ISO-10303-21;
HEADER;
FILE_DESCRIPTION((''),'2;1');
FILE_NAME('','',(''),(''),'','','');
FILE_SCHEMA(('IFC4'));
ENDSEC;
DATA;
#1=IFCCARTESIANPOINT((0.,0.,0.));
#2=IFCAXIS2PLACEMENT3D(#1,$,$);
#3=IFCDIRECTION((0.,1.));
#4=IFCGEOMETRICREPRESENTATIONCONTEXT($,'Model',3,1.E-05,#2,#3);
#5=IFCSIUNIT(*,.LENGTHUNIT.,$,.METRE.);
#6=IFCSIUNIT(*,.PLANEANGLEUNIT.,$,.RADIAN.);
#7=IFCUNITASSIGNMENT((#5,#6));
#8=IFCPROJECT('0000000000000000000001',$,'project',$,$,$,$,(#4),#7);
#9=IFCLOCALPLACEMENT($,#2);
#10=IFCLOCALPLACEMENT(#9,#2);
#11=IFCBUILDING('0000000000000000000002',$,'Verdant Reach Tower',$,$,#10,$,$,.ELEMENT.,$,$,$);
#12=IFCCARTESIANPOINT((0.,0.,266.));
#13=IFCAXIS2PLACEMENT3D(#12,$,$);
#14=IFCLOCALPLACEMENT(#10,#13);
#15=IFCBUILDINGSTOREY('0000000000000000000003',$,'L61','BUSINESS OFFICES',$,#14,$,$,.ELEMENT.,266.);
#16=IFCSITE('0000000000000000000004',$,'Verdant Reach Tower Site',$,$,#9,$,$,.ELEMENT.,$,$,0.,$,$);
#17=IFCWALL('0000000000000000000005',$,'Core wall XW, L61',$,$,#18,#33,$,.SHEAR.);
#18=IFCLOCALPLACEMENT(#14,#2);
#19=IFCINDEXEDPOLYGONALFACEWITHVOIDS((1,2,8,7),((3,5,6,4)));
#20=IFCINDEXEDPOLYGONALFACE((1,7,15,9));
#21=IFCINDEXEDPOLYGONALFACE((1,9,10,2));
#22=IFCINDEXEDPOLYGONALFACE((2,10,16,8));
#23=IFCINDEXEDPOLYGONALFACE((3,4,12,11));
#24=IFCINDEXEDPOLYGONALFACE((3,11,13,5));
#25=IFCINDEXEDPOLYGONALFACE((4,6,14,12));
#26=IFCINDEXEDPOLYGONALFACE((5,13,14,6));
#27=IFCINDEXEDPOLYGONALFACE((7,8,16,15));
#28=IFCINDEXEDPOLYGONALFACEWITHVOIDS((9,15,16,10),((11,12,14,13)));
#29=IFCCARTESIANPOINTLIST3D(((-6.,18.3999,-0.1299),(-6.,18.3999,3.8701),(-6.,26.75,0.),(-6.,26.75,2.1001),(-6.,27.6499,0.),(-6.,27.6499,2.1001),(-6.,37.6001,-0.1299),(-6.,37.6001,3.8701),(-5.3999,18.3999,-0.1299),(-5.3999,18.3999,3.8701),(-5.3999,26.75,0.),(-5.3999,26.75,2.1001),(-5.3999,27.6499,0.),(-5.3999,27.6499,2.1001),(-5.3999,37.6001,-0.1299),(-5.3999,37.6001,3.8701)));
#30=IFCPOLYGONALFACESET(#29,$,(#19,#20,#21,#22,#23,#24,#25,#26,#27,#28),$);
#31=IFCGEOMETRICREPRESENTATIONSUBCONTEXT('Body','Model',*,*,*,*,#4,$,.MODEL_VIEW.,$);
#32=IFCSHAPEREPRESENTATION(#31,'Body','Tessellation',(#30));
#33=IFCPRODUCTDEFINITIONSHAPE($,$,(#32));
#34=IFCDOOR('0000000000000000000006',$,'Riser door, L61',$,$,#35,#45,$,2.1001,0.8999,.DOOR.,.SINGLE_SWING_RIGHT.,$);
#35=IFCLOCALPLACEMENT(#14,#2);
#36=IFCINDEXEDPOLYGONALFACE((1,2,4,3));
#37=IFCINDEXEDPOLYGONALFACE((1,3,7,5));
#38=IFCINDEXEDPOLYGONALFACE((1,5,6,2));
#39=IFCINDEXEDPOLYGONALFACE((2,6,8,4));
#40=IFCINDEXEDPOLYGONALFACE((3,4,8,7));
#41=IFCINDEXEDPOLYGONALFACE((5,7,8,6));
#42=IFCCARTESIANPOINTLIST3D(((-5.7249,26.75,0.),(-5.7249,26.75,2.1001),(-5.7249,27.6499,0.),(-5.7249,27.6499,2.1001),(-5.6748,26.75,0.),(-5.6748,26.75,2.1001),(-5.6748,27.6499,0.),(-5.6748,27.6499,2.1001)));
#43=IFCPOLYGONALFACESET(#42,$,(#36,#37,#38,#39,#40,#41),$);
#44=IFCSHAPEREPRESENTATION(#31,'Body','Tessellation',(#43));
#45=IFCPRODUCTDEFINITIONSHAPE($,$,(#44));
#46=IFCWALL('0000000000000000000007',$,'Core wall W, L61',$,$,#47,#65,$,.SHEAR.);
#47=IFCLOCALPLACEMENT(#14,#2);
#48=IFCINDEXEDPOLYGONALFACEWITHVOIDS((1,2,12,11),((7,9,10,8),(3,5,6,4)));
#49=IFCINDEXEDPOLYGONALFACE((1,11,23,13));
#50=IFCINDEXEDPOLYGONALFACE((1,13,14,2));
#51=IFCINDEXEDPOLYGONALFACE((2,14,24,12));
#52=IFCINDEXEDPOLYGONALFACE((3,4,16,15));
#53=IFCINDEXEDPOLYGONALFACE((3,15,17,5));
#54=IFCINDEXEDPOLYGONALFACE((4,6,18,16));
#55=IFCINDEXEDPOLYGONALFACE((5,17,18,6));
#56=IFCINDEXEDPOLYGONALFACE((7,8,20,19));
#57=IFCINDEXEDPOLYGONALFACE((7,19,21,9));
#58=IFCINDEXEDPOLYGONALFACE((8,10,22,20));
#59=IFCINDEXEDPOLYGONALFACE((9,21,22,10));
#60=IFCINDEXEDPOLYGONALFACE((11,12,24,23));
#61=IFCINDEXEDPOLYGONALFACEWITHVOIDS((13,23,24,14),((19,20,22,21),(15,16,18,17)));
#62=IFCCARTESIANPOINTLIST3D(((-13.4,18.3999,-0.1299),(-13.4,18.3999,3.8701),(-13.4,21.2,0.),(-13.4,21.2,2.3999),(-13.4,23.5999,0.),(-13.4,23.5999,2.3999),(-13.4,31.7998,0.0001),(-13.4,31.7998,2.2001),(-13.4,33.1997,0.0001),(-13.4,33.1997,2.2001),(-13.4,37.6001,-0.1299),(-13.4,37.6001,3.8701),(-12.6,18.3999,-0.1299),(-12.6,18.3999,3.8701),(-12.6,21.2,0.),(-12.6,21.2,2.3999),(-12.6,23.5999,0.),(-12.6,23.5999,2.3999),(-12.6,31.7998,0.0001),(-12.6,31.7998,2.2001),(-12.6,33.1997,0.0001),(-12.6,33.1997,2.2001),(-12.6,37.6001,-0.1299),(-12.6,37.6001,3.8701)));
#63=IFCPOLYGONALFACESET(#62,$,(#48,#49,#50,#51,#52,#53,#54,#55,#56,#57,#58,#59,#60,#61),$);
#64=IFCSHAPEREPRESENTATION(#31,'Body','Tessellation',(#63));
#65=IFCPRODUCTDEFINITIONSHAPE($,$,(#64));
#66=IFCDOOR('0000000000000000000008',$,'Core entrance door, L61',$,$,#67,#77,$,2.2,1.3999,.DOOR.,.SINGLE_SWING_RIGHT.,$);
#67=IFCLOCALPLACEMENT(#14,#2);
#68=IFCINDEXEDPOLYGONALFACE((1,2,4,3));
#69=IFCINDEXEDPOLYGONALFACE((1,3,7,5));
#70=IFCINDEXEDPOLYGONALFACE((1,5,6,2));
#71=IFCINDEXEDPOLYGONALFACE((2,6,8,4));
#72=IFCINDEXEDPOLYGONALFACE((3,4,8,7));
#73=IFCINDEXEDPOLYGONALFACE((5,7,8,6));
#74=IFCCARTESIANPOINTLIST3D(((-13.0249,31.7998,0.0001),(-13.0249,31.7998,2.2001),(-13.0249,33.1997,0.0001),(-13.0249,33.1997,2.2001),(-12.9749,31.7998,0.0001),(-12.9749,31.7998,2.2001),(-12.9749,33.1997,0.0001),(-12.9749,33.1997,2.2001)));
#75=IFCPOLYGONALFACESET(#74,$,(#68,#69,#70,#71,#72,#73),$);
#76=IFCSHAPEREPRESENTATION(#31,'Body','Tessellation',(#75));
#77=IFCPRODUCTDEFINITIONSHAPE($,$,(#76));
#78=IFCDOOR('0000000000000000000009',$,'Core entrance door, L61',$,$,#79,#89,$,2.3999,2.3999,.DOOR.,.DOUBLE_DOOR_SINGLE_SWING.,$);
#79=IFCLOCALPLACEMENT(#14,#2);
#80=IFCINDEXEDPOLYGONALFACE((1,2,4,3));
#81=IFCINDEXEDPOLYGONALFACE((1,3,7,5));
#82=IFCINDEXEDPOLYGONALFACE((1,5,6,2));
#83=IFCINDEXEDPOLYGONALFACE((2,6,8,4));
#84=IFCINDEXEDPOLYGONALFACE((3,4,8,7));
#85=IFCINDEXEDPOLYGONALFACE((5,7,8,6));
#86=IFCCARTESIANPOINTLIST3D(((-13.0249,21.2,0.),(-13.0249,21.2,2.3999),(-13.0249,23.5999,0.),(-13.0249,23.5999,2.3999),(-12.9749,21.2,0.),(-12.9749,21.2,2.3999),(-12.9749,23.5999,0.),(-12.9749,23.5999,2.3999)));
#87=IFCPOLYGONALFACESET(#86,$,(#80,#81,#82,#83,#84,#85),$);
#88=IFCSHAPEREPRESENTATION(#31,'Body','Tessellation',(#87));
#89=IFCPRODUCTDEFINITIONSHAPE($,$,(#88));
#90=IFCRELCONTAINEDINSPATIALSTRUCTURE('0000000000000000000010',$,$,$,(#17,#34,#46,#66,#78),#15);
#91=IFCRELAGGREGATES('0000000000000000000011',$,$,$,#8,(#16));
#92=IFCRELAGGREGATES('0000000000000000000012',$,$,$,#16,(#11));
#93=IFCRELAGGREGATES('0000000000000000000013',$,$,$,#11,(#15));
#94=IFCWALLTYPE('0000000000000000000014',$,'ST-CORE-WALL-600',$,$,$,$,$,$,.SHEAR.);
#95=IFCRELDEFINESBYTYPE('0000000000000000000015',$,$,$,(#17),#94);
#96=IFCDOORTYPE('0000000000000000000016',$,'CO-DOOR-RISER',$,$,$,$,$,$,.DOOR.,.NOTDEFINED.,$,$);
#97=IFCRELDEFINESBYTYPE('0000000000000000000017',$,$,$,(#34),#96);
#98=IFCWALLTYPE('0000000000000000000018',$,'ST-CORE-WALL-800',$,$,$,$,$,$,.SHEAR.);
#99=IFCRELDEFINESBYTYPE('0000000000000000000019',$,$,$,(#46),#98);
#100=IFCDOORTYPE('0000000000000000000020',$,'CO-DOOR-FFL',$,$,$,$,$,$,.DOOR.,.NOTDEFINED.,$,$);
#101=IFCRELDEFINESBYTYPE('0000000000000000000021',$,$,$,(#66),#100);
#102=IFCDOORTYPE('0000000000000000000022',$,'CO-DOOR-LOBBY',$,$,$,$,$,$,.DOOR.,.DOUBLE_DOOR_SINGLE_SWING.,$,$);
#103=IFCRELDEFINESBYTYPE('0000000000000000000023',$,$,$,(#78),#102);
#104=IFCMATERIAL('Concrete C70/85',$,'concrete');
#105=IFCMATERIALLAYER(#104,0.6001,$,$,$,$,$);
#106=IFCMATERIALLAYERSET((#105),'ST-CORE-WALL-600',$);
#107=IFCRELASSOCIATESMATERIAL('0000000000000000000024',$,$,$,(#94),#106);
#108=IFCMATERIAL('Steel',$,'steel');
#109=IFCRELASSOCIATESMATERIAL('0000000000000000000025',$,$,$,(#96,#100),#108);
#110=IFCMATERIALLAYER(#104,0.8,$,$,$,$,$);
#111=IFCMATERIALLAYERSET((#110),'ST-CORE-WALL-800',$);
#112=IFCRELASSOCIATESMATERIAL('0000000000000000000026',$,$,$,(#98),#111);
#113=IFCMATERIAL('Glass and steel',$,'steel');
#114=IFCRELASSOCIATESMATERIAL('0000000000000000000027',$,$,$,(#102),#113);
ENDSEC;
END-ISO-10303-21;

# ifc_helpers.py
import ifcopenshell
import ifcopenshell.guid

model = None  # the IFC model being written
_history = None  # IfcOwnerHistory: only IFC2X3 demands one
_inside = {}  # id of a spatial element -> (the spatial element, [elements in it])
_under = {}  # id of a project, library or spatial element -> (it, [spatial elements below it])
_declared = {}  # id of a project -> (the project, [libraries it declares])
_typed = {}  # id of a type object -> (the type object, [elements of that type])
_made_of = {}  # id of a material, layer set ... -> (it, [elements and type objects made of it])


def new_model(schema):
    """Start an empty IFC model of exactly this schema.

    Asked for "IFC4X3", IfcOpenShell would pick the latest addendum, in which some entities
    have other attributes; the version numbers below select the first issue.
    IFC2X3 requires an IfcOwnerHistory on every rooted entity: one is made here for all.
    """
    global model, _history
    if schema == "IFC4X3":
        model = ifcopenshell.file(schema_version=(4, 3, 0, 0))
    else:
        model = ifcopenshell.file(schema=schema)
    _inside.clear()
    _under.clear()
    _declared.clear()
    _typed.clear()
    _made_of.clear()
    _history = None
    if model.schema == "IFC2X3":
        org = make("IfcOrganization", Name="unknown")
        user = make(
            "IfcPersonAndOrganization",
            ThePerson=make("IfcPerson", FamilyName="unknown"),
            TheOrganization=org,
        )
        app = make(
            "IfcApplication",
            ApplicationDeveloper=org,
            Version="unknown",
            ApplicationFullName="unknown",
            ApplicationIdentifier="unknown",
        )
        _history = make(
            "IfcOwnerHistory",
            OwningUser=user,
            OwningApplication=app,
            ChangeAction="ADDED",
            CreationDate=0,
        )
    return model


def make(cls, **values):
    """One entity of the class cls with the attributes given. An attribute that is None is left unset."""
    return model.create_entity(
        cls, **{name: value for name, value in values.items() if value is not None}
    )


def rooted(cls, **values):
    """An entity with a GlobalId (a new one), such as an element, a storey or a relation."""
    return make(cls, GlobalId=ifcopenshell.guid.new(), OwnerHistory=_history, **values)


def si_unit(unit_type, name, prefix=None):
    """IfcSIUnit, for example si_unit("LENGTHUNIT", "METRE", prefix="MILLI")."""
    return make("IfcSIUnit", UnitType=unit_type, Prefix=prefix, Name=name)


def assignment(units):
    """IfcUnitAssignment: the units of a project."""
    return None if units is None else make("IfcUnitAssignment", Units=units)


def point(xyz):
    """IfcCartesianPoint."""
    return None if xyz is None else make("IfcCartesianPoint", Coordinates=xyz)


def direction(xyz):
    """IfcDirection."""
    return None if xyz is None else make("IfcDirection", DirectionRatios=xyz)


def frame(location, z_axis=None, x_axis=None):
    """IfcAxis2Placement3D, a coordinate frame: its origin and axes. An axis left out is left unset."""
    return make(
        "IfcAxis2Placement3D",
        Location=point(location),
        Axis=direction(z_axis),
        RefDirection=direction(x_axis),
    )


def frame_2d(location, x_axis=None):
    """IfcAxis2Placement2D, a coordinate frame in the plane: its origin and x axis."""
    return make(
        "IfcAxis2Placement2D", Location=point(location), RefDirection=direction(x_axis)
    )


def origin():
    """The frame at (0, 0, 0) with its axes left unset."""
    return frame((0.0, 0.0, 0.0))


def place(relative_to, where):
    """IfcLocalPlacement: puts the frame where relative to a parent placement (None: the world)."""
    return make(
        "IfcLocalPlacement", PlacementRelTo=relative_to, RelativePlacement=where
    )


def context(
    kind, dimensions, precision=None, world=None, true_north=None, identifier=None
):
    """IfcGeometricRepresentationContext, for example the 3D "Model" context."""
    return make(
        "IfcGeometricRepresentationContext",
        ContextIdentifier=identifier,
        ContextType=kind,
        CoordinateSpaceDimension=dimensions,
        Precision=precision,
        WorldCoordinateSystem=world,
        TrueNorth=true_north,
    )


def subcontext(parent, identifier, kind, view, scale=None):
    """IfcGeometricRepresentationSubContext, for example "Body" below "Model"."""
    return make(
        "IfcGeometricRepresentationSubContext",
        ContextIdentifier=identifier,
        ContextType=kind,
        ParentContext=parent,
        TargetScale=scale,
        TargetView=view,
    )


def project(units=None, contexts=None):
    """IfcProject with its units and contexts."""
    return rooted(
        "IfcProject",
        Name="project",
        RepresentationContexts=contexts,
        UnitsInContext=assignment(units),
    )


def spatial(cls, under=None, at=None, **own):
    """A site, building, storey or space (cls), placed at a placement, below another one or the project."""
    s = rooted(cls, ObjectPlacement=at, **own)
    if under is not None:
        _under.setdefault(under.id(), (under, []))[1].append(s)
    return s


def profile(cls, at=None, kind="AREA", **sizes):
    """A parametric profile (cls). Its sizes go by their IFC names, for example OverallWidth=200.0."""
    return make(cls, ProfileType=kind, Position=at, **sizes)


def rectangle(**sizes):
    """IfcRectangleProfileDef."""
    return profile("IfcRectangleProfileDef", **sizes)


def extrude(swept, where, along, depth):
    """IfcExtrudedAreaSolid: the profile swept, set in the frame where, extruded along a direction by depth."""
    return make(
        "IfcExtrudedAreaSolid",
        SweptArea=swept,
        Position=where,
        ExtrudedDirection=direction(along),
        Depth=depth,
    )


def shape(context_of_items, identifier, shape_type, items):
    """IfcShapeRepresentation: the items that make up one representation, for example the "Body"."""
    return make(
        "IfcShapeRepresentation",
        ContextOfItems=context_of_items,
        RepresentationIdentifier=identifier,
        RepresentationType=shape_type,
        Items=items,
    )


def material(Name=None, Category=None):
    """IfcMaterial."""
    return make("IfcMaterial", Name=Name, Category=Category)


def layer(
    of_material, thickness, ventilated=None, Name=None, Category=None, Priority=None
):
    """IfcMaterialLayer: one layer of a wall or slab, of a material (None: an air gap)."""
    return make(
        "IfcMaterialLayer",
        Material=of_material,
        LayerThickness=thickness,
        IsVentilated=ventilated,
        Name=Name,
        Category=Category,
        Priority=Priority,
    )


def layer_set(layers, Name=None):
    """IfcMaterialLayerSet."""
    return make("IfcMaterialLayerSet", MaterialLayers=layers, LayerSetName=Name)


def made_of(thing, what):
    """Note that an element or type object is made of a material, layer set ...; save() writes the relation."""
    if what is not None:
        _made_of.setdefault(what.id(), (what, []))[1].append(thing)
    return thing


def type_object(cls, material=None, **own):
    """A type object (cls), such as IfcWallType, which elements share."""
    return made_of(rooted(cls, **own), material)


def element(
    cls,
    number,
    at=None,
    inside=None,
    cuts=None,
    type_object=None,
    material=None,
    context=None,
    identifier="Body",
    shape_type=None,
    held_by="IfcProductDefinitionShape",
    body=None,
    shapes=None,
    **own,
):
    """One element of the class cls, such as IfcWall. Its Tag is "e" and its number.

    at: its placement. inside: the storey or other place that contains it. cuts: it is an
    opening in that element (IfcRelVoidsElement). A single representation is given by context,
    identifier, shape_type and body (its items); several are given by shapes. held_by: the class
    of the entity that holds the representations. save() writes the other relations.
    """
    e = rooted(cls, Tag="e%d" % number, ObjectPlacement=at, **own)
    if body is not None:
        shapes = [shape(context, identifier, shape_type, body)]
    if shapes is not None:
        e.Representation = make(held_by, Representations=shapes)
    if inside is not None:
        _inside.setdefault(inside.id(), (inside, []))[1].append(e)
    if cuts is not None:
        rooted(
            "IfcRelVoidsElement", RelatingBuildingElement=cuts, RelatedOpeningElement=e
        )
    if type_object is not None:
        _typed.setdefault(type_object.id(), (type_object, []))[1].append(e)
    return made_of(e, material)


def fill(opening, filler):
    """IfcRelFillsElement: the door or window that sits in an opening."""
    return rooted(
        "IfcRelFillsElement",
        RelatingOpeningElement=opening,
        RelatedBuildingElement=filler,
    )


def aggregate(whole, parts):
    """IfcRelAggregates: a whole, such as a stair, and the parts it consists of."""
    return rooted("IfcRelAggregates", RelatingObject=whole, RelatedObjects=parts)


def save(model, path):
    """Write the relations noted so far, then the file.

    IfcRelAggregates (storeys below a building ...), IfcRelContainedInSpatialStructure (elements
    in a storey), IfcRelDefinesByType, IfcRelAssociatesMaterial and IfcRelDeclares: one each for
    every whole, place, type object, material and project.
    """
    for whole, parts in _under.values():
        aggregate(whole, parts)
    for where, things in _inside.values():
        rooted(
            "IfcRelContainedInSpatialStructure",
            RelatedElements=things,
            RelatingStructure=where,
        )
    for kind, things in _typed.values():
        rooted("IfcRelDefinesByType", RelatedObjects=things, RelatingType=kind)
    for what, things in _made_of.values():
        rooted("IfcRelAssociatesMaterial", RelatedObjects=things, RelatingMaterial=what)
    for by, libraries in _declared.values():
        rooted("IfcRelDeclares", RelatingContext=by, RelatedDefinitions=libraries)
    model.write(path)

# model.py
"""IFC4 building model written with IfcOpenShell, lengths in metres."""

from ifc_helpers import new_model, si_unit, direction, frame, frame_2d, origin, place, context, subcontext, project, spatial, rectangle, extrude, material, layer, layer_set, type_object, element, fill, save


model = new_model("IFC4")

# Units and contexts
model_context = context("Model", 3, precision=1e-05, world=origin(), true_north=direction((0.0, 1.0)))
body_context = subcontext(model_context, "Body", "Model", "MODEL_VIEW")
ifc_project = project(units=[si_unit("LENGTHUNIT", "METRE"), si_unit("PLANEANGLEUNIT", "RADIAN")], contexts=[model_context])

# Site, building, storey
site_placement = place(None, origin())
site = spatial("IfcSite", under=ifc_project, at=site_placement, Name="Verdant Reach Tower Site", CompositionType="ELEMENT", RefElevation=0.0)
building_placement = place(site_placement, origin())
building = spatial("IfcBuilding", under=site, at=building_placement, Name="Verdant Reach Tower", CompositionType="ELEMENT")
storey_placement = place(building_placement, frame((0.0, 0.0, 266.0)))
storey = spatial("IfcBuildingStorey", under=building, at=storey_placement, Name="L61", Description="BUSINESS OFFICES", CompositionType="ELEMENT", Elevation=266.0)

# Wall, opening, door
ifc_material_1 = material(Name="Concrete C70/85", Category="concrete")
ifc_layer_1 = layer(ifc_material_1, 0.6001)
ifc_layer_set_1 = layer_set([ifc_layer_1], Name="ST-CORE-WALL-600")
wall_type_1 = type_object("IfcWallType", Name="ST-CORE-WALL-600", PredefinedType="SHEAR", material=ifc_layer_set_1)
wall_1_placement = place(storey_placement, frame((-5.7, 18.3999, -0.1299), z_axis=(0.0, 0.0, 1.0), x_axis=(0.0, 1.0, 0.0)))
wall_1 = element("IfcWall", 1, at=wall_1_placement, inside=storey, type_object=wall_type_1, Name="Core wall XW, L61", PredefinedType="SHEAR", context=body_context, shape_type="SweptSolid", body=[
    extrude(rectangle(XDim=19.2002, YDim=0.6001, at=frame_2d((9.6001, 0.0))), origin(), (0.0, 0.0, 1.0), 4.0),
])
opening_1_placement = place(wall_1_placement, frame((8.3501, 0.0, 0.1299)))
opening_1 = element("IfcOpeningElement", 2, at=opening_1_placement, cuts=wall_1, PredefinedType="OPENING", context=body_context, shape_type="SweptSolid", body=[
    extrude(rectangle(XDim=0.8999, YDim=2.1001, at=frame_2d((0.45, 1.05))), frame((0.0, 0.3101, 0.0), z_axis=(0.0, -1.0, 0.0), x_axis=(1.0, 0.0, 0.0)), (0.0, 0.0, 1.0), 0.6201),
])
ifc_material_2 = material(Name="Steel", Category="steel")
door_type_1 = type_object("IfcDoorType", Name="CO-DOOR-RISER", OperationType="NOTDEFINED", PredefinedType="DOOR", material=ifc_material_2)
door_1_placement = place(opening_1_placement, origin())
door_1 = element("IfcDoor", 3, at=door_1_placement, inside=storey, type_object=door_type_1, Name="Riser door, L61", OperationType="SINGLE_SWING_RIGHT", OverallHeight=2.1001, OverallWidth=0.8999, PredefinedType="DOOR", context=body_context, shape_type="SweptSolid", body=[
    extrude(rectangle(XDim=0.8999, YDim=2.1001, at=frame_2d((0.45, 1.05))), frame((0.0, 0.0249, 0.0), z_axis=(0.0, -1.0, 0.0), x_axis=(1.0, 0.0, 0.0)), (0.0, 0.0, 1.0), 0.05),
])
fill(opening_1, door_1)

# Wall, openings, doors
ifc_layer_2 = layer(ifc_material_1, 0.8)
ifc_layer_set_2 = layer_set([ifc_layer_2], Name="ST-CORE-WALL-800")
wall_type_2 = type_object("IfcWallType", Name="ST-CORE-WALL-800", PredefinedType="SHEAR", material=ifc_layer_set_2)
wall_2_placement = place(storey_placement, frame((-13.0, 18.3999, -0.1299), z_axis=(0.0, 0.0, 1.0), x_axis=(0.0, 1.0, 0.0)))
wall_2 = element("IfcWall", 4, at=wall_2_placement, inside=storey, type_object=wall_type_2, Name="Core wall W, L61", PredefinedType="SHEAR", context=body_context, shape_type="SweptSolid", body=[
    extrude(rectangle(XDim=19.2002, YDim=0.8, at=frame_2d((9.6001, 0.0))), origin(), (0.0, 0.0, 1.0), 4.0),
])
opening_2_placement = place(wall_2_placement, frame((2.8, 0.0, 0.1299)))
opening_2 = element("IfcOpeningElement", 5, at=opening_2_placement, cuts=wall_2, PredefinedType="OPENING", context=body_context, shape_type="SweptSolid", body=[
    extrude(rectangle(XDim=2.3999, YDim=2.3999, at=frame_2d((1.2, 1.2))), frame((0.0, 0.4099, 0.0), z_axis=(0.0, -1.0, 0.0), x_axis=(1.0, 0.0, 0.0)), (0.0, 0.0, 1.0), 0.8201),
])
opening_3_placement = place(wall_2_placement, frame((13.3999, 0.0, 0.1299)))
opening_3 = element("IfcOpeningElement", 6, at=opening_3_placement, cuts=wall_2, PredefinedType="OPENING", context=body_context, shape_type="SweptSolid", body=[
    extrude(rectangle(XDim=1.3999, YDim=2.2, at=frame_2d((0.7, 1.1001))), frame((0.0, 0.4099, 0.0), z_axis=(0.0, -1.0, 0.0), x_axis=(1.0, 0.0, 0.0)), (0.0, 0.0, 1.0), 0.8201),
])
door_type_2 = type_object("IfcDoorType", Name="CO-DOOR-FFL", OperationType="NOTDEFINED", PredefinedType="DOOR", material=ifc_material_2)
door_2_placement = place(opening_3_placement, origin())
door_2 = element("IfcDoor", 7, at=door_2_placement, inside=storey, type_object=door_type_2, Name="Core entrance door, L61", OperationType="SINGLE_SWING_RIGHT", OverallHeight=2.2, OverallWidth=1.3999, PredefinedType="DOOR", context=body_context, shape_type="SweptSolid", body=[
    extrude(rectangle(XDim=1.3999, YDim=2.2, at=frame_2d((0.7, 1.1001))), frame((0.0, 0.0249, 0.0), z_axis=(0.0, -1.0, 0.0), x_axis=(1.0, 0.0, 0.0)), (0.0, 0.0, 1.0), 0.05),
])
fill(opening_3, door_2)
ifc_material_3 = material(Name="Glass and steel", Category="steel")
door_type_3 = type_object("IfcDoorType", Name="CO-DOOR-LOBBY", OperationType="DOUBLE_DOOR_SINGLE_SWING", PredefinedType="DOOR", material=ifc_material_3)
door_3_placement = place(opening_2_placement, origin())
door_3 = element("IfcDoor", 8, at=door_3_placement, inside=storey, type_object=door_type_3, Name="Core entrance door, L61", OperationType="DOUBLE_DOOR_SINGLE_SWING", OverallHeight=2.3999, OverallWidth=2.3999, PredefinedType="DOOR", context=body_context, shape_type="SweptSolid", body=[
    extrude(rectangle(XDim=2.3999, YDim=2.3999, at=frame_2d((1.2, 1.2))), frame((0.0, 0.0249, 0.0), z_axis=(0.0, -1.0, 0.0), x_axis=(1.0, 0.0, 0.0)), (0.0, 0.0, 1.0), 0.05),
])
fill(opening_2, door_3)

save(model, "model.ifc")
